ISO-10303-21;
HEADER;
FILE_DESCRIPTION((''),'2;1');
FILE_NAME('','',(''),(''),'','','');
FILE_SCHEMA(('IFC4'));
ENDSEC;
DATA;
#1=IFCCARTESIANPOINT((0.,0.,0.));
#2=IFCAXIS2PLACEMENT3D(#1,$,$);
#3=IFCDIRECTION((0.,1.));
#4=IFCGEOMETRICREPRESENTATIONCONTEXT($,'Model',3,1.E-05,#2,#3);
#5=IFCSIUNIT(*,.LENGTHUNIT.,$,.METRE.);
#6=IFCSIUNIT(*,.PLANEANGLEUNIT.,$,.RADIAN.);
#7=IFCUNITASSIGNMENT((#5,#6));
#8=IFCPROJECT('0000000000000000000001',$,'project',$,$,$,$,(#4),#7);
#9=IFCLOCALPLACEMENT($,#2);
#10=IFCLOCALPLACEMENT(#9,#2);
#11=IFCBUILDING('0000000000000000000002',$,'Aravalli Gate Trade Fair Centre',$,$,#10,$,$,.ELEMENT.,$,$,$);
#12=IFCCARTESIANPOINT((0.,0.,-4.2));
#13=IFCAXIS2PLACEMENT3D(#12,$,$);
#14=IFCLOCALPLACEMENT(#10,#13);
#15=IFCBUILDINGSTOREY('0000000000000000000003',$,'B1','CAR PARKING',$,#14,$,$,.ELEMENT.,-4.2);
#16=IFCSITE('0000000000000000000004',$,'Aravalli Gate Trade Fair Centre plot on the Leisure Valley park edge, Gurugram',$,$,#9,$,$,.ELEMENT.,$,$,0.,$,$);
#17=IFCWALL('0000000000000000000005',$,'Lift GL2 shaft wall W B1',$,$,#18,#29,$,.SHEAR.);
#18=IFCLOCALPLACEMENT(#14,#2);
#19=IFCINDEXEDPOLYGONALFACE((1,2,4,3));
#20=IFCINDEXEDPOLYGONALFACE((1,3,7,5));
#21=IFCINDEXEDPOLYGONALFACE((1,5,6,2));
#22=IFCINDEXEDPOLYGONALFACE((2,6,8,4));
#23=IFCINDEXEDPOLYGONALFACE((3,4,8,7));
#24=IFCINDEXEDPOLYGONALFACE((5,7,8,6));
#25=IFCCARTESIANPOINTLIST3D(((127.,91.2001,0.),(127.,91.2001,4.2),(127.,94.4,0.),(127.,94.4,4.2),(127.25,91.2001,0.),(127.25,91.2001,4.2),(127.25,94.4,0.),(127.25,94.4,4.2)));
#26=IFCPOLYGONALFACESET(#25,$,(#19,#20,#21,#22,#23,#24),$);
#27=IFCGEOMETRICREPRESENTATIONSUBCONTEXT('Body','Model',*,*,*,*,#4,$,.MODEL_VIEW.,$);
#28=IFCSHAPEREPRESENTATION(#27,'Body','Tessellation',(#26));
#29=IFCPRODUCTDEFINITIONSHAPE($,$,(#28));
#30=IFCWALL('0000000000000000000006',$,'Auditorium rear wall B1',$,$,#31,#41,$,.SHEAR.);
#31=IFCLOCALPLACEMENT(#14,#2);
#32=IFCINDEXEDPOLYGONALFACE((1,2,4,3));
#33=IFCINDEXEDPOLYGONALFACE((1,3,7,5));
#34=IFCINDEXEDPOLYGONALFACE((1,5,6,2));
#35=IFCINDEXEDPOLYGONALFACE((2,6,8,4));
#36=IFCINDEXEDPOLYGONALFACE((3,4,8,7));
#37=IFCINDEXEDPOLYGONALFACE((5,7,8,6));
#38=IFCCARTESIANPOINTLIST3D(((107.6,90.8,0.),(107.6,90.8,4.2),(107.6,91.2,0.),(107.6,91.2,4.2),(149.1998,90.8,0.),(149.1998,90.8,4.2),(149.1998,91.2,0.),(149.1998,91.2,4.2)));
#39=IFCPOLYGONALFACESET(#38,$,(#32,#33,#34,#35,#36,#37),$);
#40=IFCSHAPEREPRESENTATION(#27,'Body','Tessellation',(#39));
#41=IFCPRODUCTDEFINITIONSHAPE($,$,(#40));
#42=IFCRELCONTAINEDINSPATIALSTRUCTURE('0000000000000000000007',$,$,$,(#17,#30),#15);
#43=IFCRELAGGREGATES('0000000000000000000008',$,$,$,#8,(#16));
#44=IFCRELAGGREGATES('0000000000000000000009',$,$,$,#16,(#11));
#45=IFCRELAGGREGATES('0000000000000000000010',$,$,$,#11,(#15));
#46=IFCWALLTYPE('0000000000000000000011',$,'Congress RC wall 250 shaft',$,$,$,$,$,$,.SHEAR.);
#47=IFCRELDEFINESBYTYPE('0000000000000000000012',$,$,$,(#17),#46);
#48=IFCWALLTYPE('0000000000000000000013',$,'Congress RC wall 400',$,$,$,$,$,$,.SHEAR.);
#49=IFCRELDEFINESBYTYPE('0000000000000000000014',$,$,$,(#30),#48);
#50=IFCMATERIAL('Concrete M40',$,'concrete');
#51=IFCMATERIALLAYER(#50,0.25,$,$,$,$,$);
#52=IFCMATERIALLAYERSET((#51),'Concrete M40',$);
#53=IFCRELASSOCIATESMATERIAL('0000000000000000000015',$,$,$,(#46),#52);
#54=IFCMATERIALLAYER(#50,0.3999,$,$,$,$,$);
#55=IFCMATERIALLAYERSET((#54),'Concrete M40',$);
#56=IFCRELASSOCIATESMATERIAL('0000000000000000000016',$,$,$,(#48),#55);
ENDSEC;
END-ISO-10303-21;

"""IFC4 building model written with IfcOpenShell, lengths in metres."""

from ifc_helpers import new_model, si_unit, direction, frame, frame_2d, origin, place, context, subcontext, project, spatial, rectangle, extrude, material, layer, layer_set, type_object, element, save


model = new_model("IFC4")

# Units and contexts
model_context = context("Model", 3, precision=1e-05, world=origin(), true_north=direction((0.0, 1.0)))
body_context = subcontext(model_context, "Body", "Model", "MODEL_VIEW")
ifc_project = project(units=[si_unit("LENGTHUNIT", "METRE"), si_unit("PLANEANGLEUNIT", "RADIAN")], contexts=[model_context])

# Site, building, storey
site_placement = place(None, origin())
site = spatial("IfcSite", under=ifc_project, at=site_placement, Name="Aravalli Gate Trade Fair Centre plot on the Leisure Valley park edge, Gurugram", CompositionType="ELEMENT", RefElevation=0.0)
building_placement = place(site_placement, origin())
building = spatial("IfcBuilding", under=site, at=building_placement, Name="Aravalli Gate Trade Fair Centre", CompositionType="ELEMENT")
storey_placement = place(building_placement, frame((0.0, 0.0, -4.2)))
storey = spatial("IfcBuildingStorey", under=building, at=storey_placement, Name="B1", Description="CAR PARKING", CompositionType="ELEMENT", Elevation=-4.2)

# Shared definitions
ifc_material_1 = material(Name="Concrete M40", Category="concrete")

# Walls
ifc_layer_1 = layer(ifc_material_1, 0.25)
ifc_layer_set_1 = layer_set([ifc_layer_1], Name="Concrete M40")
wall_type_1 = type_object("IfcWallType", Name="Congress RC wall 250 shaft", PredefinedType="SHEAR", material=ifc_layer_set_1)
wall_1_placement = place(storey_placement, frame((127.125, 91.2, 0.0), z_axis=(0.0, 0.0, 1.0), x_axis=(0.0, 1.0, 0.0)))
element("IfcWall", 1, at=wall_1_placement, inside=storey, type_object=wall_type_1, Name="Lift GL2 shaft wall W B1", PredefinedType="SHEAR", context=body_context, shape_type="SweptSolid", body=[
    extrude(rectangle(XDim=3.2, YDim=0.25, at=frame_2d((1.6001, 0.0))), origin(), (0.0, 0.0, 1.0), 4.2),
])
ifc_layer_2 = layer(ifc_material_1, 0.3999)
ifc_layer_set_2 = layer_set([ifc_layer_2], Name="Concrete M40")
wall_type_2 = type_object("IfcWallType", Name="Congress RC wall 400", PredefinedType="SHEAR", material=ifc_layer_set_2)
wall_2_placement = place(storey_placement, frame((107.6001, 91.0, 0.0), z_axis=(0.0, 0.0, 1.0), x_axis=(1.0, 0.0, 0.0)))
element("IfcWall", 2, at=wall_2_placement, inside=storey, type_object=wall_type_2, Name="Auditorium rear wall B1", PredefinedType="SHEAR", context=body_context, shape_type="SweptSolid", body=[
    extrude(rectangle(XDim=41.5999, YDim=0.3999, at=frame_2d((20.7998, 0.0))), origin(), (0.0, 0.0, 1.0), 4.2),
])

save(model, "model.ifc")
